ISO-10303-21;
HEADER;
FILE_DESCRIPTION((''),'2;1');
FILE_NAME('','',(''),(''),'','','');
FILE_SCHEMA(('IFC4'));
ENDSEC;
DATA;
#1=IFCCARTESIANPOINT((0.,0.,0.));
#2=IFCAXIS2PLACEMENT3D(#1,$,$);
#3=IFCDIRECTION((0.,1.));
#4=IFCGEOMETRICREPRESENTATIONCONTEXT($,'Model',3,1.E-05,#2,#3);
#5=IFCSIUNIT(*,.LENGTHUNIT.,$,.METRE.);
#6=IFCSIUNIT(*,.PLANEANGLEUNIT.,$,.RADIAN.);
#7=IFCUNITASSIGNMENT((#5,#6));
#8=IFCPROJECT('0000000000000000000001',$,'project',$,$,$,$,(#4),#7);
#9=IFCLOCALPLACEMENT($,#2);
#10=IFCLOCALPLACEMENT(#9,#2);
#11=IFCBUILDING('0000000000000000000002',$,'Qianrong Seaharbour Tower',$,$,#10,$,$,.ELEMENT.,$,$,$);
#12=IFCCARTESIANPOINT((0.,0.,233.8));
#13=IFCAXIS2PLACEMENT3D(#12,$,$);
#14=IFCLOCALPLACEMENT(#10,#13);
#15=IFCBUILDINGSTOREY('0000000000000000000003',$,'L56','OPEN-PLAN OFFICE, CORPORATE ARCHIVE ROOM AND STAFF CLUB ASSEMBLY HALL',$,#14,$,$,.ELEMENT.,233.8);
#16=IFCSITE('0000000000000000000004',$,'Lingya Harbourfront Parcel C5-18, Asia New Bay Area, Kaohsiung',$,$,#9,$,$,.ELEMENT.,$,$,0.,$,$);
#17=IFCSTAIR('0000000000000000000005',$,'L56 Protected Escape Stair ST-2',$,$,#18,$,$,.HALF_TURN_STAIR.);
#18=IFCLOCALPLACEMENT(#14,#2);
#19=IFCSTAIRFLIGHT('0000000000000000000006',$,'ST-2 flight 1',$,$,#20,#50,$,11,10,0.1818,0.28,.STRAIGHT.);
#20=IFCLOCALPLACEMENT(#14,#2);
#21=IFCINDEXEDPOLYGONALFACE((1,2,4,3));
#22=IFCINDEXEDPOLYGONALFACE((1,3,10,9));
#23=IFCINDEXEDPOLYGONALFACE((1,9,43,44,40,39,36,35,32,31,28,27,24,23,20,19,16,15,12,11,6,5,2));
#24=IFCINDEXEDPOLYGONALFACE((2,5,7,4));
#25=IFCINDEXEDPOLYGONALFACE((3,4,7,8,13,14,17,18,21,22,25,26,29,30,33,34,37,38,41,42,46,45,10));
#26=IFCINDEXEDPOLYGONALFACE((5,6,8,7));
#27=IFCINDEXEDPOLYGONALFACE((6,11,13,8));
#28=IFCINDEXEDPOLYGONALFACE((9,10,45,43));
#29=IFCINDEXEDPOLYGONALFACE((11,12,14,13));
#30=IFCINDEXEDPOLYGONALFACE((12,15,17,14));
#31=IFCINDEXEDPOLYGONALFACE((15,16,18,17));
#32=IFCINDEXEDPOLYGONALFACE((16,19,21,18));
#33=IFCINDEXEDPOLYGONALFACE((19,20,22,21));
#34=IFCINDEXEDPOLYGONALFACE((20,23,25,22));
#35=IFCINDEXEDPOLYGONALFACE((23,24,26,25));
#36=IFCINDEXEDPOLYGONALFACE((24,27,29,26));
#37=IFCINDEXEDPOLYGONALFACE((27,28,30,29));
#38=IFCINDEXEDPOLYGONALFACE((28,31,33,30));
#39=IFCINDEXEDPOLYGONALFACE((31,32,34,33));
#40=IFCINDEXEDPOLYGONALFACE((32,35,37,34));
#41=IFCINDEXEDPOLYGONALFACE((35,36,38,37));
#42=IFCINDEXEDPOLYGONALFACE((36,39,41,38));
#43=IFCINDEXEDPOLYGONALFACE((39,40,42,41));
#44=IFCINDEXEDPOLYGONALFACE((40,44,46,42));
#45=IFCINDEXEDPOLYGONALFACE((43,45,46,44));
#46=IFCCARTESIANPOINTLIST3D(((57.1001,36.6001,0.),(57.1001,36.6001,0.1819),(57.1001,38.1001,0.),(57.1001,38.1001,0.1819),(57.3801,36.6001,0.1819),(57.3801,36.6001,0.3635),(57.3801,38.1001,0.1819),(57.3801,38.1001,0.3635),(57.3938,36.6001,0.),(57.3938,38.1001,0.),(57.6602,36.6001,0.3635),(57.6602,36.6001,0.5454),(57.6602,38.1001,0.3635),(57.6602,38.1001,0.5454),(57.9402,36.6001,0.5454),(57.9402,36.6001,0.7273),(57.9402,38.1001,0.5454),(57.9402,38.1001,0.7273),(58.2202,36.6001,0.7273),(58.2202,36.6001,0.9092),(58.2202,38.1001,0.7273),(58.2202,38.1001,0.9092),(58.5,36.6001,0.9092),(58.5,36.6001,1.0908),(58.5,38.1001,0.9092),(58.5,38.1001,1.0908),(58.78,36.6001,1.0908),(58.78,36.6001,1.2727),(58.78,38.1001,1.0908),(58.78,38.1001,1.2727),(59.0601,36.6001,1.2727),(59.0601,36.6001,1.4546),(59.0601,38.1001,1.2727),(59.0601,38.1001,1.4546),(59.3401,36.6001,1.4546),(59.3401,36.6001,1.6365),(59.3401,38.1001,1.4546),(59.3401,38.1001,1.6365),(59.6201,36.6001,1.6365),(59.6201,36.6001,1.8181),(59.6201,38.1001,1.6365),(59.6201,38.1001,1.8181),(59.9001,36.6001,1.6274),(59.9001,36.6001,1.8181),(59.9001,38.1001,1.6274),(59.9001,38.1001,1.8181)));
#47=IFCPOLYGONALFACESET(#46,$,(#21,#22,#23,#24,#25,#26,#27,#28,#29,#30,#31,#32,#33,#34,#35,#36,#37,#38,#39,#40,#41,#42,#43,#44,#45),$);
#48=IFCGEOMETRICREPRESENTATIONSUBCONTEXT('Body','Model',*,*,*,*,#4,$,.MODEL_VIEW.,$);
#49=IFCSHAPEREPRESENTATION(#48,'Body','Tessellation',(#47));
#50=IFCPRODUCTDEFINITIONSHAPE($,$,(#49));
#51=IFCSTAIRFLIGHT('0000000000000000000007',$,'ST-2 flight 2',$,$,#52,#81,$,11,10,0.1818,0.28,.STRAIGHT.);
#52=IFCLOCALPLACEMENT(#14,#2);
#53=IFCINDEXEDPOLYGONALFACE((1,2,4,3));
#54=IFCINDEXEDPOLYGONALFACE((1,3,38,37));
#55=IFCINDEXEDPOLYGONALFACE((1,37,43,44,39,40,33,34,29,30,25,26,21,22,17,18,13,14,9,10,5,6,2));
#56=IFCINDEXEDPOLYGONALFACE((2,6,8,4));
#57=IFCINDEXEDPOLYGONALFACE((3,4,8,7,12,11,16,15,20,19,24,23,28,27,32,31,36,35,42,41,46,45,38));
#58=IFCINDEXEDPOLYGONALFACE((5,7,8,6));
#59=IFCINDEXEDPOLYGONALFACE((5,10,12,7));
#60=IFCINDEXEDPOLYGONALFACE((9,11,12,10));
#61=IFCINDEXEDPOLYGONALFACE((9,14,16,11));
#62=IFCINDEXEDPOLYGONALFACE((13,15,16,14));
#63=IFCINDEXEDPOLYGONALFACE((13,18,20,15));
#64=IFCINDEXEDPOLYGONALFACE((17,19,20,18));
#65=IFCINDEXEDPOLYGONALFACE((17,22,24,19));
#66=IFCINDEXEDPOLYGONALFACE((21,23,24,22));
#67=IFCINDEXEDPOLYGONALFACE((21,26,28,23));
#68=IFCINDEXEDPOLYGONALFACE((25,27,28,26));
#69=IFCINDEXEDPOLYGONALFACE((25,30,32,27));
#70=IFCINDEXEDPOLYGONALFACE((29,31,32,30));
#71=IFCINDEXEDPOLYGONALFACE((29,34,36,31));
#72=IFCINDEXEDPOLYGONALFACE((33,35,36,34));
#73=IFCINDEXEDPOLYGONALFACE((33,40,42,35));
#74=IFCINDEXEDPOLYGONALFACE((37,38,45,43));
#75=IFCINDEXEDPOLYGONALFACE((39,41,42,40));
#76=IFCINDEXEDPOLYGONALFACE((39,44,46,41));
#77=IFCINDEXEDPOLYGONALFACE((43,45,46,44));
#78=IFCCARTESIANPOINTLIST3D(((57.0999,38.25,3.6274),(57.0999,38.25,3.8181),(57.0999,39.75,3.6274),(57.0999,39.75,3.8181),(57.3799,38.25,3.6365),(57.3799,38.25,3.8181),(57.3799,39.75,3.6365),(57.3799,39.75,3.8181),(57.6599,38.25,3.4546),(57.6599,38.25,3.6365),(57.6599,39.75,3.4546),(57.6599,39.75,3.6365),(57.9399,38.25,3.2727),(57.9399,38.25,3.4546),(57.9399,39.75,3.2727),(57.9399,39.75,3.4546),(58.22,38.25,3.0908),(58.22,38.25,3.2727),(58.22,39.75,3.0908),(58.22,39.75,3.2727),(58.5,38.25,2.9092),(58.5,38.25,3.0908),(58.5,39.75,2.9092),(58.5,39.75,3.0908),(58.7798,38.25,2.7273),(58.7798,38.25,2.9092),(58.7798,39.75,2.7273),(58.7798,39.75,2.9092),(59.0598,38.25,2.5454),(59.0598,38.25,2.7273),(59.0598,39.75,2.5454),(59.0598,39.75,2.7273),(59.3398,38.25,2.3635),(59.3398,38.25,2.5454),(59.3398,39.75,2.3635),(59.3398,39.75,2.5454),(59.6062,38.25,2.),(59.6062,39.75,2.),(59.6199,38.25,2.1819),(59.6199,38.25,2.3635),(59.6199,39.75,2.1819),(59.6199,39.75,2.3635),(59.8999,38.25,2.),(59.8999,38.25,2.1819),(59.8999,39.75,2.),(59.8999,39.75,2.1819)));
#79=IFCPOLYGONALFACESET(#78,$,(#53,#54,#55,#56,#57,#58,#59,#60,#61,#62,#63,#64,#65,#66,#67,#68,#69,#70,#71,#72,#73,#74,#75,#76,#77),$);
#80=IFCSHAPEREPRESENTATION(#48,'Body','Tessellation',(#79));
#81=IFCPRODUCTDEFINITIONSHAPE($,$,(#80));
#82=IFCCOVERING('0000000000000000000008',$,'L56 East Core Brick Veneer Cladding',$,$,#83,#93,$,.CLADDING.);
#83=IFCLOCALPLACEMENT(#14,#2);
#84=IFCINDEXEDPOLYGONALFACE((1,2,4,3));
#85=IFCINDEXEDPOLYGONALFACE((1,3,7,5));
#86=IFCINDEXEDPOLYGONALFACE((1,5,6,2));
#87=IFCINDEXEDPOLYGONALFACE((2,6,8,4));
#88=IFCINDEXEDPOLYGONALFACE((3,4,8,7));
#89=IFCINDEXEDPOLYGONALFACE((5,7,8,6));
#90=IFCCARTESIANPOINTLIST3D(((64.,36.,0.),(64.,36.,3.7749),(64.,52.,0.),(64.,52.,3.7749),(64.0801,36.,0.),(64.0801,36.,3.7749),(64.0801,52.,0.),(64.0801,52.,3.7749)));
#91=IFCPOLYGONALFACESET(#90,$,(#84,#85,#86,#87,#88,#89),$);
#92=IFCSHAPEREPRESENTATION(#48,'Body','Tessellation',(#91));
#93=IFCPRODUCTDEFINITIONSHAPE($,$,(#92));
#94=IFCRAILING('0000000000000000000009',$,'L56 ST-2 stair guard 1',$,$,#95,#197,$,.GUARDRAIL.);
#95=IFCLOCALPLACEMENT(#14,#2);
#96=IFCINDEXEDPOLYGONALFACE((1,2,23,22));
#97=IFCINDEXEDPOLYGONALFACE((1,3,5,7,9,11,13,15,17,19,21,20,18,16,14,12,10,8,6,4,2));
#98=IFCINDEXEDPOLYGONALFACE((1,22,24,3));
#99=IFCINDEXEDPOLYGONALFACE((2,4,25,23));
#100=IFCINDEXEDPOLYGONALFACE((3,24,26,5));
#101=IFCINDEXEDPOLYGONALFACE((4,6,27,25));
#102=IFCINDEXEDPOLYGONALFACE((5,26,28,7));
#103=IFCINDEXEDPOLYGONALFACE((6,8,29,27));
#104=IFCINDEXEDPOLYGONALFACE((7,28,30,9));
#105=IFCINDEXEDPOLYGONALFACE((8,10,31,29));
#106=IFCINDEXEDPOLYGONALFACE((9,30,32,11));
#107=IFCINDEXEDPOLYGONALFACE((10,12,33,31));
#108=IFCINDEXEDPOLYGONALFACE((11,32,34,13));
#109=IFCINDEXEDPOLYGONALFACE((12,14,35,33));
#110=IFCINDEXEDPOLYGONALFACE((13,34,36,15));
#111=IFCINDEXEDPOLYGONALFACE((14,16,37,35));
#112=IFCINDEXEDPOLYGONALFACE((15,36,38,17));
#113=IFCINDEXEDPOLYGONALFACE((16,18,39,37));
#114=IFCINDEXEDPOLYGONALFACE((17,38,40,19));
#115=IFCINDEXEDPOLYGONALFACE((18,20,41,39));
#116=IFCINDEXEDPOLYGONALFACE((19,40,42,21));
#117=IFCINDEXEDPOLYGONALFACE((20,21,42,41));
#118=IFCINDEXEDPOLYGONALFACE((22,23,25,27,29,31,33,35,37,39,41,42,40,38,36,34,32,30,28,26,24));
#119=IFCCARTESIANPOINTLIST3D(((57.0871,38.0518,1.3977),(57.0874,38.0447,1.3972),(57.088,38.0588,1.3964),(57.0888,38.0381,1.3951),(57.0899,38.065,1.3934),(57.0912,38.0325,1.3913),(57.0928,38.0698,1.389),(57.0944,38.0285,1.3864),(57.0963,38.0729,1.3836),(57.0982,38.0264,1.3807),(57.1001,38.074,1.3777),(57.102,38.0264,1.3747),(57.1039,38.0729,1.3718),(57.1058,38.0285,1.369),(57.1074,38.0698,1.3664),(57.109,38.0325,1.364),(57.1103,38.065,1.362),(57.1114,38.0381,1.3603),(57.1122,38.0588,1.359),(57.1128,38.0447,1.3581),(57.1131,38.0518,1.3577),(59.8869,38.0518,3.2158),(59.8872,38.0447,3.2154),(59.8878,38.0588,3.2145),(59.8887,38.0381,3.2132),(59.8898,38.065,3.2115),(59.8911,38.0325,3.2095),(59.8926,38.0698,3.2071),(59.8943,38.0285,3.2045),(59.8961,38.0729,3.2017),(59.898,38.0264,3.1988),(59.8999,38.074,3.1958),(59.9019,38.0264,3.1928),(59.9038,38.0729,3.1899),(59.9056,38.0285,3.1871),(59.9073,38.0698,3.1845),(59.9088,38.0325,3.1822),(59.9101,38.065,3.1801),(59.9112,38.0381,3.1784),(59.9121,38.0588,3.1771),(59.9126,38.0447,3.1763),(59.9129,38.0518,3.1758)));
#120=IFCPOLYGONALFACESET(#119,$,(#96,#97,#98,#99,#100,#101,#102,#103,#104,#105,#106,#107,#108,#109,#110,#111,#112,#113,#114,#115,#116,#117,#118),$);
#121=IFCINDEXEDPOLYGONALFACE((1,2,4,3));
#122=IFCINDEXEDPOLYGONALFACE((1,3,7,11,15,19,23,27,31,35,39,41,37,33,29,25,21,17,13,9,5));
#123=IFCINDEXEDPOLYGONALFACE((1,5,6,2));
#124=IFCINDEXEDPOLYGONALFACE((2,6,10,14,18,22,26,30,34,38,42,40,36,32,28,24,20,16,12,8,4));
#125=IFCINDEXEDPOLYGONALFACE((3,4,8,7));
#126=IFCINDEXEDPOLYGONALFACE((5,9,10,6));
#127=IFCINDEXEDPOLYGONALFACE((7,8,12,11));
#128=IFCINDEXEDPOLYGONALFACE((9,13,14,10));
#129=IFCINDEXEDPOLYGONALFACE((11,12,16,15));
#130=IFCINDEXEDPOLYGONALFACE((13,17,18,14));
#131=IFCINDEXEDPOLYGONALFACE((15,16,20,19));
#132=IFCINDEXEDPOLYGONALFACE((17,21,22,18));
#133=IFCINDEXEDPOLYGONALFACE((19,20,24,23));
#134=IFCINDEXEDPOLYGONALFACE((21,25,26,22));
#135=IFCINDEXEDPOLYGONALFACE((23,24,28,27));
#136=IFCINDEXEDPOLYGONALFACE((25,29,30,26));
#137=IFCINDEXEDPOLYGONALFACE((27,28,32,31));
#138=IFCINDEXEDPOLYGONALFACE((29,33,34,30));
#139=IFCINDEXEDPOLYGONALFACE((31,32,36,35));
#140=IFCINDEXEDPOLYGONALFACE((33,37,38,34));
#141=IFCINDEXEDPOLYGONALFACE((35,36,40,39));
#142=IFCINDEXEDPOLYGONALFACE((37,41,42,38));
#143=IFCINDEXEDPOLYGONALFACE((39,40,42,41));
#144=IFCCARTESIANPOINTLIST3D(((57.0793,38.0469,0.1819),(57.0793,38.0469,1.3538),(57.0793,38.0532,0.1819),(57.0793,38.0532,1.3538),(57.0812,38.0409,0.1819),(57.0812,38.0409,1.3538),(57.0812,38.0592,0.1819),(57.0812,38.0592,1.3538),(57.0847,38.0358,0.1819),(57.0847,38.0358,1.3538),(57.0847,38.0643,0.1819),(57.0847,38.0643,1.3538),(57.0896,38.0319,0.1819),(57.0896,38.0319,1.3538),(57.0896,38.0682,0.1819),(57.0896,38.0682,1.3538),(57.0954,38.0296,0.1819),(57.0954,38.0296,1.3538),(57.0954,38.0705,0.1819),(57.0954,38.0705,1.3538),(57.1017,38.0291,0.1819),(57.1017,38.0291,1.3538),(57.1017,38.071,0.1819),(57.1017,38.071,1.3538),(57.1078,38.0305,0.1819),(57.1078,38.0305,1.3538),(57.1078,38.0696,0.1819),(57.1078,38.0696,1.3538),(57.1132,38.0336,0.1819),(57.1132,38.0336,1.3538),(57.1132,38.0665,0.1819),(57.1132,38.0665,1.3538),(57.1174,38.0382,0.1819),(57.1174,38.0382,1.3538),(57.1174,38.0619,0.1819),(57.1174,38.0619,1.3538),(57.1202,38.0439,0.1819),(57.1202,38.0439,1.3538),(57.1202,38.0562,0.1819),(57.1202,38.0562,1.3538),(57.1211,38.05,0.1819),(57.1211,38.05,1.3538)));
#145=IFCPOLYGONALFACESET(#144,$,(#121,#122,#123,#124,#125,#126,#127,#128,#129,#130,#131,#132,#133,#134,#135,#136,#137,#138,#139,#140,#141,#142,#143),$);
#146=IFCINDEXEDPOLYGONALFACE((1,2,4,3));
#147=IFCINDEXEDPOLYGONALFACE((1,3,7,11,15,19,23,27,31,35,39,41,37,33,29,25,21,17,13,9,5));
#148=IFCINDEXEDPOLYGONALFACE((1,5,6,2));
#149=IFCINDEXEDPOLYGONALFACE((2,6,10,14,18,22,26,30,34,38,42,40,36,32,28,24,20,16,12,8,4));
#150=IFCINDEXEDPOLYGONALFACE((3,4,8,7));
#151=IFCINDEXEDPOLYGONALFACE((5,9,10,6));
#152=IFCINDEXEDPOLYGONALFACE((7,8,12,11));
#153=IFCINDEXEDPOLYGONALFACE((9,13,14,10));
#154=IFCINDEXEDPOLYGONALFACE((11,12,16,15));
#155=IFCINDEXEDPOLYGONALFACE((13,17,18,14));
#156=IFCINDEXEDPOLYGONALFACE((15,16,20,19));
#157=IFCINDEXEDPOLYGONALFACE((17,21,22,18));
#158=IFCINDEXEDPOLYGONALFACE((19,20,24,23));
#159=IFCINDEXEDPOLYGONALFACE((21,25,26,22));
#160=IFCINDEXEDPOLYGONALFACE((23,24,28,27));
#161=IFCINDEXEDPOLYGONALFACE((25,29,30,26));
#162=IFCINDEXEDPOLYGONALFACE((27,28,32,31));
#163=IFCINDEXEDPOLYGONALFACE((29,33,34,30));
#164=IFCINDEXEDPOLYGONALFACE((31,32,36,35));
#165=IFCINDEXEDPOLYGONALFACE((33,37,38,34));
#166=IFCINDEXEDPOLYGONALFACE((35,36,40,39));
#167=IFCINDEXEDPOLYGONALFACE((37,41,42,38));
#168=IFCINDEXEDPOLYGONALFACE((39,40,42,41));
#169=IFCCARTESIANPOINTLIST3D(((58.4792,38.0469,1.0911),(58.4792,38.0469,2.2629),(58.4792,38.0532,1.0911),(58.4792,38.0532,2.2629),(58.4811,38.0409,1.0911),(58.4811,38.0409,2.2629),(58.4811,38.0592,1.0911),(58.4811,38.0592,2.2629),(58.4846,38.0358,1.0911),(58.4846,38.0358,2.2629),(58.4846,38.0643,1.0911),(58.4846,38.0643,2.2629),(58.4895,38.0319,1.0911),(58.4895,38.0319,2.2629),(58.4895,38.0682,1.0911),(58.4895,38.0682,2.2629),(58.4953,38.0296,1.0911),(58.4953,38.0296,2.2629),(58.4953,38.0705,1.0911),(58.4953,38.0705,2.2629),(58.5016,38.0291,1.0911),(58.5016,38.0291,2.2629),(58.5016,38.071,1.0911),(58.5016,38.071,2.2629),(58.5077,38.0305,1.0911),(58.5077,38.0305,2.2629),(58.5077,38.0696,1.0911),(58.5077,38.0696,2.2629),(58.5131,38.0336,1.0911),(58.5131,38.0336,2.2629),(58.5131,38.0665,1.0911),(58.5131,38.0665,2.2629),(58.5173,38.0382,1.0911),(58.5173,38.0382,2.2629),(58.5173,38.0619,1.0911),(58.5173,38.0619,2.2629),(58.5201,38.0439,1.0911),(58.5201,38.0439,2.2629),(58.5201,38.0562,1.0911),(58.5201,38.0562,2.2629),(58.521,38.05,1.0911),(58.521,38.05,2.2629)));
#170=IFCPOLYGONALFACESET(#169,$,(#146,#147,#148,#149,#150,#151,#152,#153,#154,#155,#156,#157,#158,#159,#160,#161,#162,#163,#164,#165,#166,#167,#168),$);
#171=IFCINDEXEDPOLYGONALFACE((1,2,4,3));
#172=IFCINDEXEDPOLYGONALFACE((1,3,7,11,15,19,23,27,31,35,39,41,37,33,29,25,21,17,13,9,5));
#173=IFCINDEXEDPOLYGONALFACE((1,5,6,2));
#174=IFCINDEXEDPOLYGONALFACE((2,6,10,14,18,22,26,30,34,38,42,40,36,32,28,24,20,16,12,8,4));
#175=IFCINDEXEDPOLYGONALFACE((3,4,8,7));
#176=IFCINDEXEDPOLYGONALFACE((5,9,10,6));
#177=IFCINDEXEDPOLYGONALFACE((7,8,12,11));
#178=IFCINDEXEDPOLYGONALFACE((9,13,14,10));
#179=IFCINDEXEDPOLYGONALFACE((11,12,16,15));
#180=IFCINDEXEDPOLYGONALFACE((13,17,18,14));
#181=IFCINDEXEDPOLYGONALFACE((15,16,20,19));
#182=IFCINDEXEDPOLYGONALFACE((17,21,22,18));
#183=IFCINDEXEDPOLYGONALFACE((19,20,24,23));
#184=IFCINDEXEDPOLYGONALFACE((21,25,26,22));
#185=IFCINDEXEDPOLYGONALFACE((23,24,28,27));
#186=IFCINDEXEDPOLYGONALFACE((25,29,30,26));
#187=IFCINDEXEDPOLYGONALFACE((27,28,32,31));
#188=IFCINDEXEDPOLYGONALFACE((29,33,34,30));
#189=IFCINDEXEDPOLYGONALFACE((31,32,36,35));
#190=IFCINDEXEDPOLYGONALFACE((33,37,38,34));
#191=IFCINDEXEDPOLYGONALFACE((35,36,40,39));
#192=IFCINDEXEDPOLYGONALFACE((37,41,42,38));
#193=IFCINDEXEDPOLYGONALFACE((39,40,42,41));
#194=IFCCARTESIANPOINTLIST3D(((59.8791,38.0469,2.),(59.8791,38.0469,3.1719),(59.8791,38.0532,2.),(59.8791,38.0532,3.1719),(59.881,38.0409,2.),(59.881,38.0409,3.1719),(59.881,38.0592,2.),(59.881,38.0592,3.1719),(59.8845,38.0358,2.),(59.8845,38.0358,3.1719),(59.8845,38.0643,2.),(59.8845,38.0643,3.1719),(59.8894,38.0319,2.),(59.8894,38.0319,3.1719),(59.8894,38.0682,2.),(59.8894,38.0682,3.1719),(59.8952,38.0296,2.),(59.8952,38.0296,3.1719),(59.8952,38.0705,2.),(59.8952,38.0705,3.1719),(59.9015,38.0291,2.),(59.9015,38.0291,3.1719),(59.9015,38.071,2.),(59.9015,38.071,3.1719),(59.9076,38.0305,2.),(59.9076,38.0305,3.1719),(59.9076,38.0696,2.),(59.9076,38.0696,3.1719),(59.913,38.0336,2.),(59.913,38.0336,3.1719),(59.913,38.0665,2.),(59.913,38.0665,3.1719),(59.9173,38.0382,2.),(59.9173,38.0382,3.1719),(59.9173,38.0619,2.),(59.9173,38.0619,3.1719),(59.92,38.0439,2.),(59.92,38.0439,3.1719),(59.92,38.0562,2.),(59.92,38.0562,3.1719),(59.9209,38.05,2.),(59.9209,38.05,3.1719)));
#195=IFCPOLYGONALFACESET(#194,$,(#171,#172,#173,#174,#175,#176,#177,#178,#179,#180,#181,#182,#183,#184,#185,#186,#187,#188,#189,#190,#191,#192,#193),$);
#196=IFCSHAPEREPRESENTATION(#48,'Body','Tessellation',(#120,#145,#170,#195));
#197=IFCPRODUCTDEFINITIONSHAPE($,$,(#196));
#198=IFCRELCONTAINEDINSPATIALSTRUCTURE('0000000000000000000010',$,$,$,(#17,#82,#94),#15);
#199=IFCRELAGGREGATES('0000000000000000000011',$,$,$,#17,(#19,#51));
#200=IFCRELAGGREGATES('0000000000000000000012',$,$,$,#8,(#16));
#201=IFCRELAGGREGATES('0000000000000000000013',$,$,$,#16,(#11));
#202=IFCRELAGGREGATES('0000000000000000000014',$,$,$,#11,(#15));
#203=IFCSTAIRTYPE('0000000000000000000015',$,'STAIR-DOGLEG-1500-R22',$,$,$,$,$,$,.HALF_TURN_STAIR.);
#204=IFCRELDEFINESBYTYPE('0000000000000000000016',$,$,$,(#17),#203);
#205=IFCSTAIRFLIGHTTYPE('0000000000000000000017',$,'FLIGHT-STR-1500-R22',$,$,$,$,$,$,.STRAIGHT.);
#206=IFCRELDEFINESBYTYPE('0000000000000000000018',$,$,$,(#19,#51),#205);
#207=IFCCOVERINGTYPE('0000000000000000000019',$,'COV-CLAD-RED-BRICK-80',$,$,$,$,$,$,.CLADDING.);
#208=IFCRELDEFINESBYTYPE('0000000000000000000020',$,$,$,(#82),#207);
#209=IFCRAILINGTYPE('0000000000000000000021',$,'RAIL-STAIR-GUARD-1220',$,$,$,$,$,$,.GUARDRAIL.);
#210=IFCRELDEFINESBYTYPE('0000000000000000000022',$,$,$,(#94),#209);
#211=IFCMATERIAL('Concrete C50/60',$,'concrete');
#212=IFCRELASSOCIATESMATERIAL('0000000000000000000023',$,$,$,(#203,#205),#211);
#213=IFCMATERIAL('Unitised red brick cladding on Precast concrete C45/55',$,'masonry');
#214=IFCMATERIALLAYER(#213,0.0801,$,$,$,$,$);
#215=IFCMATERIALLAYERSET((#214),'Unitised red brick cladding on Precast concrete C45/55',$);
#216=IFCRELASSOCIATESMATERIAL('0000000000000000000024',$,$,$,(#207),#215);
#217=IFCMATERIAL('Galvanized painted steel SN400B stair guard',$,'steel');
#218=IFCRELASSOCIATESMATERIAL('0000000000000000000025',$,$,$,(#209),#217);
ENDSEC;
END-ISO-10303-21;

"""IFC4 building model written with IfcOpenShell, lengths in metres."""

from ifc_helpers import new_model, si_unit, direction, frame, origin, origin_2d, place, context, subcontext, project, spatial, polyline, rectangle, circle, outline, extrude, material, layer, layer_set, type_object, element, aggregate, save


model = new_model("IFC4")

# Units and contexts
model_context = context("Model", 3, precision=1e-05, world=origin(), true_north=direction((0.0, 1.0)))
body_context = subcontext(model_context, "Body", "Model", "MODEL_VIEW")
ifc_project = project(units=[si_unit("LENGTHUNIT", "METRE"), si_unit("PLANEANGLEUNIT", "RADIAN")], contexts=[model_context])

# Site, building, storey
site_placement = place(None, origin())
site = spatial("IfcSite", under=ifc_project, at=site_placement, Name="Lingya Harbourfront Parcel C5-18, Asia New Bay Area, Kaohsiung", CompositionType="ELEMENT", RefElevation=0.0)
building_placement = place(site_placement, origin())
building = spatial("IfcBuilding", under=site, at=building_placement, Name="Qianrong Seaharbour Tower", CompositionType="ELEMENT")
storey_placement = place(building_placement, frame((0.0, 0.0, 233.8)))
storey = spatial("IfcBuildingStorey", under=building, at=storey_placement, Name="L56", Description="OPEN-PLAN OFFICE, CORPORATE ARCHIVE ROOM AND STAFF CLUB ASSEMBLY HALL", CompositionType="ELEMENT", Elevation=233.8)

# Shared definitions
ifc_material_1 = material(Name="Concrete C50/60", Category="concrete")

# Stair, stair flights
stair_type = type_object("IfcStairType", Name="STAIR-DOGLEG-1500-R22", PredefinedType="HALF_TURN_STAIR", material=ifc_material_1)
stair_placement = place(storey_placement, origin())
stair = element("IfcStair", 1, at=stair_placement, inside=storey, type_object=stair_type, Name="L56 Protected Escape Stair ST-2", PredefinedType="HALF_TURN_STAIR")
stair_flight_type = type_object("IfcStairFlightType", Name="FLIGHT-STR-1500-R22", PredefinedType="STRAIGHT", material=ifc_material_1)
stair_flight_1_placement = place(storey_placement, frame((57.1001, 37.3501, 0.0), z_axis=(0.0, 0.0, 1.0), x_axis=(1.0, 0.0, 0.0)))
stair_flight_1 = element("IfcStairFlight", 2, at=stair_flight_1_placement, type_object=stair_flight_type, Name="ST-2 flight 1", NumberOfRisers=11, NumberOfTreads=10, PredefinedType="STRAIGHT", RiserHeight=0.1818, TreadLength=0.28, context=body_context, shape_type="SweptSolid", body=[
    extrude(outline(polyline([(0.0, 0.0), (0.0, 0.1819), (0.28, 0.1819), (0.28, 0.3635), (0.5601, 0.3635), (0.5601, 0.5454), (0.8401, 0.5454), (0.8401, 0.7273), (1.1201, 0.7273), (1.1201, 0.9092), (1.3999, 0.9092), (1.3999, 1.0908), (1.6799, 1.0908), (1.6799, 1.2727), (1.96, 1.2727), (1.96, 1.4546), (2.24, 1.4546), (2.24, 1.6365), (2.52, 1.6365), (2.52, 1.8181), (2.8, 1.8181), (2.8, 2.0), (2.8, 1.6274), (0.2937, 0.0), (0.0, 0.0)])), frame((0.0, 0.75, 0.0), z_axis=(0.0, -1.0, 0.0), x_axis=(1.0, 0.0, 0.0)), (0.0, 0.0, 1.0), 1.5),
])
stair_flight_2_placement = place(storey_placement, frame((59.8999, 39.0, 2.0), z_axis=(0.0, 0.0, 1.0), x_axis=(-1.0, 0.0, 0.0)))
stair_flight_2 = element("IfcStairFlight", 3, at=stair_flight_2_placement, type_object=stair_flight_type, Name="ST-2 flight 2", NumberOfRisers=11, NumberOfTreads=10, PredefinedType="STRAIGHT", RiserHeight=0.1818, TreadLength=0.28, context=body_context, shape_type="SweptSolid", body=[
    extrude(outline(polyline([(0.0, 0.0), (0.0, 0.1819), (0.28, 0.1819), (0.28, 0.3635), (0.5601, 0.3635), (0.5601, 0.5454), (0.8401, 0.5454), (0.8401, 0.7273), (1.1201, 0.7273), (1.1201, 0.9092), (1.3999, 0.9092), (1.3999, 1.0908), (1.6799, 1.0908), (1.6799, 1.2727), (1.96, 1.2727), (1.96, 1.4546), (2.24, 1.4546), (2.24, 1.6365), (2.52, 1.6365), (2.52, 1.8181), (2.8, 1.8181), (2.8, 2.0), (2.8, 1.6274), (0.2937, 0.0), (0.0, 0.0)])), frame((0.0, 0.75, 0.0), z_axis=(0.0, -1.0, 0.0), x_axis=(1.0, 0.0, 0.0)), (0.0, 0.0, 1.0), 1.5),
])
aggregate(stair, [stair_flight_1, stair_flight_2])

# Covering
ifc_material_2 = material(Name="Unitised red brick cladding on Precast concrete C45/55", Category="masonry")
ifc_layer_1 = layer(ifc_material_2, 0.0801)
ifc_layer_set_1 = layer_set([ifc_layer_1], Name="Unitised red brick cladding on Precast concrete C45/55")
covering_type = type_object("IfcCoveringType", Name="COV-CLAD-RED-BRICK-80", PredefinedType="CLADDING", material=ifc_layer_set_1)
covering_placement = place(storey_placement, frame((64.04, 44.0, 0.0), z_axis=(0.0, 0.0, 1.0), x_axis=(1.0, 0.0, 0.0)))
element("IfcCovering", 4, at=covering_placement, inside=storey, type_object=covering_type, Name="L56 East Core Brick Veneer Cladding", PredefinedType="CLADDING", context=body_context, shape_type="SweptSolid", body=[
    extrude(rectangle(XDim=0.0801, YDim=16.0, at=origin_2d()), origin(), (0.0, 0.0, 1.0), 3.7749),
])

# Railing
ifc_material_3 = material(Name="Galvanized painted steel SN400B stair guard", Category="steel")
railing_type_1 = type_object("IfcRailingType", Name="RAIL-STAIR-GUARD-1220", PredefinedType="GUARDRAIL", material=ifc_material_3)
railing_1_placement = place(storey_placement, frame((57.1001, 38.05, 0.1819)))
element("IfcRailing", 5, at=railing_1_placement, inside=storey, type_object=railing_type_1, Name="L56 ST-2 stair guard 1", PredefinedType="GUARDRAIL", context=body_context, shape_type="SweptSolid", body=[
    extrude(circle(Radius=0.0239, at=origin_2d()), frame((0.0, 0.0, 1.1958), z_axis=(0.838684, 0.0, 0.544618), x_axis=(0.0, 1.0, 0.0)), (0.0, 0.0, 1.0), 3.3384),
    extrude(circle(Radius=0.021, at=origin_2d()), origin(), (0.0, 0.0, 1.0), 1.1719),
    extrude(circle(Radius=0.021, at=origin_2d()), frame((1.3999, 0.0, 0.9092)), (0.0, 0.0, 1.0), 1.1719),
    extrude(circle(Radius=0.021, at=origin_2d()), frame((2.7998, 0.0, 1.8181)), (0.0, 0.0, 1.0), 1.1719),
])

save(model, "model.ifc")
